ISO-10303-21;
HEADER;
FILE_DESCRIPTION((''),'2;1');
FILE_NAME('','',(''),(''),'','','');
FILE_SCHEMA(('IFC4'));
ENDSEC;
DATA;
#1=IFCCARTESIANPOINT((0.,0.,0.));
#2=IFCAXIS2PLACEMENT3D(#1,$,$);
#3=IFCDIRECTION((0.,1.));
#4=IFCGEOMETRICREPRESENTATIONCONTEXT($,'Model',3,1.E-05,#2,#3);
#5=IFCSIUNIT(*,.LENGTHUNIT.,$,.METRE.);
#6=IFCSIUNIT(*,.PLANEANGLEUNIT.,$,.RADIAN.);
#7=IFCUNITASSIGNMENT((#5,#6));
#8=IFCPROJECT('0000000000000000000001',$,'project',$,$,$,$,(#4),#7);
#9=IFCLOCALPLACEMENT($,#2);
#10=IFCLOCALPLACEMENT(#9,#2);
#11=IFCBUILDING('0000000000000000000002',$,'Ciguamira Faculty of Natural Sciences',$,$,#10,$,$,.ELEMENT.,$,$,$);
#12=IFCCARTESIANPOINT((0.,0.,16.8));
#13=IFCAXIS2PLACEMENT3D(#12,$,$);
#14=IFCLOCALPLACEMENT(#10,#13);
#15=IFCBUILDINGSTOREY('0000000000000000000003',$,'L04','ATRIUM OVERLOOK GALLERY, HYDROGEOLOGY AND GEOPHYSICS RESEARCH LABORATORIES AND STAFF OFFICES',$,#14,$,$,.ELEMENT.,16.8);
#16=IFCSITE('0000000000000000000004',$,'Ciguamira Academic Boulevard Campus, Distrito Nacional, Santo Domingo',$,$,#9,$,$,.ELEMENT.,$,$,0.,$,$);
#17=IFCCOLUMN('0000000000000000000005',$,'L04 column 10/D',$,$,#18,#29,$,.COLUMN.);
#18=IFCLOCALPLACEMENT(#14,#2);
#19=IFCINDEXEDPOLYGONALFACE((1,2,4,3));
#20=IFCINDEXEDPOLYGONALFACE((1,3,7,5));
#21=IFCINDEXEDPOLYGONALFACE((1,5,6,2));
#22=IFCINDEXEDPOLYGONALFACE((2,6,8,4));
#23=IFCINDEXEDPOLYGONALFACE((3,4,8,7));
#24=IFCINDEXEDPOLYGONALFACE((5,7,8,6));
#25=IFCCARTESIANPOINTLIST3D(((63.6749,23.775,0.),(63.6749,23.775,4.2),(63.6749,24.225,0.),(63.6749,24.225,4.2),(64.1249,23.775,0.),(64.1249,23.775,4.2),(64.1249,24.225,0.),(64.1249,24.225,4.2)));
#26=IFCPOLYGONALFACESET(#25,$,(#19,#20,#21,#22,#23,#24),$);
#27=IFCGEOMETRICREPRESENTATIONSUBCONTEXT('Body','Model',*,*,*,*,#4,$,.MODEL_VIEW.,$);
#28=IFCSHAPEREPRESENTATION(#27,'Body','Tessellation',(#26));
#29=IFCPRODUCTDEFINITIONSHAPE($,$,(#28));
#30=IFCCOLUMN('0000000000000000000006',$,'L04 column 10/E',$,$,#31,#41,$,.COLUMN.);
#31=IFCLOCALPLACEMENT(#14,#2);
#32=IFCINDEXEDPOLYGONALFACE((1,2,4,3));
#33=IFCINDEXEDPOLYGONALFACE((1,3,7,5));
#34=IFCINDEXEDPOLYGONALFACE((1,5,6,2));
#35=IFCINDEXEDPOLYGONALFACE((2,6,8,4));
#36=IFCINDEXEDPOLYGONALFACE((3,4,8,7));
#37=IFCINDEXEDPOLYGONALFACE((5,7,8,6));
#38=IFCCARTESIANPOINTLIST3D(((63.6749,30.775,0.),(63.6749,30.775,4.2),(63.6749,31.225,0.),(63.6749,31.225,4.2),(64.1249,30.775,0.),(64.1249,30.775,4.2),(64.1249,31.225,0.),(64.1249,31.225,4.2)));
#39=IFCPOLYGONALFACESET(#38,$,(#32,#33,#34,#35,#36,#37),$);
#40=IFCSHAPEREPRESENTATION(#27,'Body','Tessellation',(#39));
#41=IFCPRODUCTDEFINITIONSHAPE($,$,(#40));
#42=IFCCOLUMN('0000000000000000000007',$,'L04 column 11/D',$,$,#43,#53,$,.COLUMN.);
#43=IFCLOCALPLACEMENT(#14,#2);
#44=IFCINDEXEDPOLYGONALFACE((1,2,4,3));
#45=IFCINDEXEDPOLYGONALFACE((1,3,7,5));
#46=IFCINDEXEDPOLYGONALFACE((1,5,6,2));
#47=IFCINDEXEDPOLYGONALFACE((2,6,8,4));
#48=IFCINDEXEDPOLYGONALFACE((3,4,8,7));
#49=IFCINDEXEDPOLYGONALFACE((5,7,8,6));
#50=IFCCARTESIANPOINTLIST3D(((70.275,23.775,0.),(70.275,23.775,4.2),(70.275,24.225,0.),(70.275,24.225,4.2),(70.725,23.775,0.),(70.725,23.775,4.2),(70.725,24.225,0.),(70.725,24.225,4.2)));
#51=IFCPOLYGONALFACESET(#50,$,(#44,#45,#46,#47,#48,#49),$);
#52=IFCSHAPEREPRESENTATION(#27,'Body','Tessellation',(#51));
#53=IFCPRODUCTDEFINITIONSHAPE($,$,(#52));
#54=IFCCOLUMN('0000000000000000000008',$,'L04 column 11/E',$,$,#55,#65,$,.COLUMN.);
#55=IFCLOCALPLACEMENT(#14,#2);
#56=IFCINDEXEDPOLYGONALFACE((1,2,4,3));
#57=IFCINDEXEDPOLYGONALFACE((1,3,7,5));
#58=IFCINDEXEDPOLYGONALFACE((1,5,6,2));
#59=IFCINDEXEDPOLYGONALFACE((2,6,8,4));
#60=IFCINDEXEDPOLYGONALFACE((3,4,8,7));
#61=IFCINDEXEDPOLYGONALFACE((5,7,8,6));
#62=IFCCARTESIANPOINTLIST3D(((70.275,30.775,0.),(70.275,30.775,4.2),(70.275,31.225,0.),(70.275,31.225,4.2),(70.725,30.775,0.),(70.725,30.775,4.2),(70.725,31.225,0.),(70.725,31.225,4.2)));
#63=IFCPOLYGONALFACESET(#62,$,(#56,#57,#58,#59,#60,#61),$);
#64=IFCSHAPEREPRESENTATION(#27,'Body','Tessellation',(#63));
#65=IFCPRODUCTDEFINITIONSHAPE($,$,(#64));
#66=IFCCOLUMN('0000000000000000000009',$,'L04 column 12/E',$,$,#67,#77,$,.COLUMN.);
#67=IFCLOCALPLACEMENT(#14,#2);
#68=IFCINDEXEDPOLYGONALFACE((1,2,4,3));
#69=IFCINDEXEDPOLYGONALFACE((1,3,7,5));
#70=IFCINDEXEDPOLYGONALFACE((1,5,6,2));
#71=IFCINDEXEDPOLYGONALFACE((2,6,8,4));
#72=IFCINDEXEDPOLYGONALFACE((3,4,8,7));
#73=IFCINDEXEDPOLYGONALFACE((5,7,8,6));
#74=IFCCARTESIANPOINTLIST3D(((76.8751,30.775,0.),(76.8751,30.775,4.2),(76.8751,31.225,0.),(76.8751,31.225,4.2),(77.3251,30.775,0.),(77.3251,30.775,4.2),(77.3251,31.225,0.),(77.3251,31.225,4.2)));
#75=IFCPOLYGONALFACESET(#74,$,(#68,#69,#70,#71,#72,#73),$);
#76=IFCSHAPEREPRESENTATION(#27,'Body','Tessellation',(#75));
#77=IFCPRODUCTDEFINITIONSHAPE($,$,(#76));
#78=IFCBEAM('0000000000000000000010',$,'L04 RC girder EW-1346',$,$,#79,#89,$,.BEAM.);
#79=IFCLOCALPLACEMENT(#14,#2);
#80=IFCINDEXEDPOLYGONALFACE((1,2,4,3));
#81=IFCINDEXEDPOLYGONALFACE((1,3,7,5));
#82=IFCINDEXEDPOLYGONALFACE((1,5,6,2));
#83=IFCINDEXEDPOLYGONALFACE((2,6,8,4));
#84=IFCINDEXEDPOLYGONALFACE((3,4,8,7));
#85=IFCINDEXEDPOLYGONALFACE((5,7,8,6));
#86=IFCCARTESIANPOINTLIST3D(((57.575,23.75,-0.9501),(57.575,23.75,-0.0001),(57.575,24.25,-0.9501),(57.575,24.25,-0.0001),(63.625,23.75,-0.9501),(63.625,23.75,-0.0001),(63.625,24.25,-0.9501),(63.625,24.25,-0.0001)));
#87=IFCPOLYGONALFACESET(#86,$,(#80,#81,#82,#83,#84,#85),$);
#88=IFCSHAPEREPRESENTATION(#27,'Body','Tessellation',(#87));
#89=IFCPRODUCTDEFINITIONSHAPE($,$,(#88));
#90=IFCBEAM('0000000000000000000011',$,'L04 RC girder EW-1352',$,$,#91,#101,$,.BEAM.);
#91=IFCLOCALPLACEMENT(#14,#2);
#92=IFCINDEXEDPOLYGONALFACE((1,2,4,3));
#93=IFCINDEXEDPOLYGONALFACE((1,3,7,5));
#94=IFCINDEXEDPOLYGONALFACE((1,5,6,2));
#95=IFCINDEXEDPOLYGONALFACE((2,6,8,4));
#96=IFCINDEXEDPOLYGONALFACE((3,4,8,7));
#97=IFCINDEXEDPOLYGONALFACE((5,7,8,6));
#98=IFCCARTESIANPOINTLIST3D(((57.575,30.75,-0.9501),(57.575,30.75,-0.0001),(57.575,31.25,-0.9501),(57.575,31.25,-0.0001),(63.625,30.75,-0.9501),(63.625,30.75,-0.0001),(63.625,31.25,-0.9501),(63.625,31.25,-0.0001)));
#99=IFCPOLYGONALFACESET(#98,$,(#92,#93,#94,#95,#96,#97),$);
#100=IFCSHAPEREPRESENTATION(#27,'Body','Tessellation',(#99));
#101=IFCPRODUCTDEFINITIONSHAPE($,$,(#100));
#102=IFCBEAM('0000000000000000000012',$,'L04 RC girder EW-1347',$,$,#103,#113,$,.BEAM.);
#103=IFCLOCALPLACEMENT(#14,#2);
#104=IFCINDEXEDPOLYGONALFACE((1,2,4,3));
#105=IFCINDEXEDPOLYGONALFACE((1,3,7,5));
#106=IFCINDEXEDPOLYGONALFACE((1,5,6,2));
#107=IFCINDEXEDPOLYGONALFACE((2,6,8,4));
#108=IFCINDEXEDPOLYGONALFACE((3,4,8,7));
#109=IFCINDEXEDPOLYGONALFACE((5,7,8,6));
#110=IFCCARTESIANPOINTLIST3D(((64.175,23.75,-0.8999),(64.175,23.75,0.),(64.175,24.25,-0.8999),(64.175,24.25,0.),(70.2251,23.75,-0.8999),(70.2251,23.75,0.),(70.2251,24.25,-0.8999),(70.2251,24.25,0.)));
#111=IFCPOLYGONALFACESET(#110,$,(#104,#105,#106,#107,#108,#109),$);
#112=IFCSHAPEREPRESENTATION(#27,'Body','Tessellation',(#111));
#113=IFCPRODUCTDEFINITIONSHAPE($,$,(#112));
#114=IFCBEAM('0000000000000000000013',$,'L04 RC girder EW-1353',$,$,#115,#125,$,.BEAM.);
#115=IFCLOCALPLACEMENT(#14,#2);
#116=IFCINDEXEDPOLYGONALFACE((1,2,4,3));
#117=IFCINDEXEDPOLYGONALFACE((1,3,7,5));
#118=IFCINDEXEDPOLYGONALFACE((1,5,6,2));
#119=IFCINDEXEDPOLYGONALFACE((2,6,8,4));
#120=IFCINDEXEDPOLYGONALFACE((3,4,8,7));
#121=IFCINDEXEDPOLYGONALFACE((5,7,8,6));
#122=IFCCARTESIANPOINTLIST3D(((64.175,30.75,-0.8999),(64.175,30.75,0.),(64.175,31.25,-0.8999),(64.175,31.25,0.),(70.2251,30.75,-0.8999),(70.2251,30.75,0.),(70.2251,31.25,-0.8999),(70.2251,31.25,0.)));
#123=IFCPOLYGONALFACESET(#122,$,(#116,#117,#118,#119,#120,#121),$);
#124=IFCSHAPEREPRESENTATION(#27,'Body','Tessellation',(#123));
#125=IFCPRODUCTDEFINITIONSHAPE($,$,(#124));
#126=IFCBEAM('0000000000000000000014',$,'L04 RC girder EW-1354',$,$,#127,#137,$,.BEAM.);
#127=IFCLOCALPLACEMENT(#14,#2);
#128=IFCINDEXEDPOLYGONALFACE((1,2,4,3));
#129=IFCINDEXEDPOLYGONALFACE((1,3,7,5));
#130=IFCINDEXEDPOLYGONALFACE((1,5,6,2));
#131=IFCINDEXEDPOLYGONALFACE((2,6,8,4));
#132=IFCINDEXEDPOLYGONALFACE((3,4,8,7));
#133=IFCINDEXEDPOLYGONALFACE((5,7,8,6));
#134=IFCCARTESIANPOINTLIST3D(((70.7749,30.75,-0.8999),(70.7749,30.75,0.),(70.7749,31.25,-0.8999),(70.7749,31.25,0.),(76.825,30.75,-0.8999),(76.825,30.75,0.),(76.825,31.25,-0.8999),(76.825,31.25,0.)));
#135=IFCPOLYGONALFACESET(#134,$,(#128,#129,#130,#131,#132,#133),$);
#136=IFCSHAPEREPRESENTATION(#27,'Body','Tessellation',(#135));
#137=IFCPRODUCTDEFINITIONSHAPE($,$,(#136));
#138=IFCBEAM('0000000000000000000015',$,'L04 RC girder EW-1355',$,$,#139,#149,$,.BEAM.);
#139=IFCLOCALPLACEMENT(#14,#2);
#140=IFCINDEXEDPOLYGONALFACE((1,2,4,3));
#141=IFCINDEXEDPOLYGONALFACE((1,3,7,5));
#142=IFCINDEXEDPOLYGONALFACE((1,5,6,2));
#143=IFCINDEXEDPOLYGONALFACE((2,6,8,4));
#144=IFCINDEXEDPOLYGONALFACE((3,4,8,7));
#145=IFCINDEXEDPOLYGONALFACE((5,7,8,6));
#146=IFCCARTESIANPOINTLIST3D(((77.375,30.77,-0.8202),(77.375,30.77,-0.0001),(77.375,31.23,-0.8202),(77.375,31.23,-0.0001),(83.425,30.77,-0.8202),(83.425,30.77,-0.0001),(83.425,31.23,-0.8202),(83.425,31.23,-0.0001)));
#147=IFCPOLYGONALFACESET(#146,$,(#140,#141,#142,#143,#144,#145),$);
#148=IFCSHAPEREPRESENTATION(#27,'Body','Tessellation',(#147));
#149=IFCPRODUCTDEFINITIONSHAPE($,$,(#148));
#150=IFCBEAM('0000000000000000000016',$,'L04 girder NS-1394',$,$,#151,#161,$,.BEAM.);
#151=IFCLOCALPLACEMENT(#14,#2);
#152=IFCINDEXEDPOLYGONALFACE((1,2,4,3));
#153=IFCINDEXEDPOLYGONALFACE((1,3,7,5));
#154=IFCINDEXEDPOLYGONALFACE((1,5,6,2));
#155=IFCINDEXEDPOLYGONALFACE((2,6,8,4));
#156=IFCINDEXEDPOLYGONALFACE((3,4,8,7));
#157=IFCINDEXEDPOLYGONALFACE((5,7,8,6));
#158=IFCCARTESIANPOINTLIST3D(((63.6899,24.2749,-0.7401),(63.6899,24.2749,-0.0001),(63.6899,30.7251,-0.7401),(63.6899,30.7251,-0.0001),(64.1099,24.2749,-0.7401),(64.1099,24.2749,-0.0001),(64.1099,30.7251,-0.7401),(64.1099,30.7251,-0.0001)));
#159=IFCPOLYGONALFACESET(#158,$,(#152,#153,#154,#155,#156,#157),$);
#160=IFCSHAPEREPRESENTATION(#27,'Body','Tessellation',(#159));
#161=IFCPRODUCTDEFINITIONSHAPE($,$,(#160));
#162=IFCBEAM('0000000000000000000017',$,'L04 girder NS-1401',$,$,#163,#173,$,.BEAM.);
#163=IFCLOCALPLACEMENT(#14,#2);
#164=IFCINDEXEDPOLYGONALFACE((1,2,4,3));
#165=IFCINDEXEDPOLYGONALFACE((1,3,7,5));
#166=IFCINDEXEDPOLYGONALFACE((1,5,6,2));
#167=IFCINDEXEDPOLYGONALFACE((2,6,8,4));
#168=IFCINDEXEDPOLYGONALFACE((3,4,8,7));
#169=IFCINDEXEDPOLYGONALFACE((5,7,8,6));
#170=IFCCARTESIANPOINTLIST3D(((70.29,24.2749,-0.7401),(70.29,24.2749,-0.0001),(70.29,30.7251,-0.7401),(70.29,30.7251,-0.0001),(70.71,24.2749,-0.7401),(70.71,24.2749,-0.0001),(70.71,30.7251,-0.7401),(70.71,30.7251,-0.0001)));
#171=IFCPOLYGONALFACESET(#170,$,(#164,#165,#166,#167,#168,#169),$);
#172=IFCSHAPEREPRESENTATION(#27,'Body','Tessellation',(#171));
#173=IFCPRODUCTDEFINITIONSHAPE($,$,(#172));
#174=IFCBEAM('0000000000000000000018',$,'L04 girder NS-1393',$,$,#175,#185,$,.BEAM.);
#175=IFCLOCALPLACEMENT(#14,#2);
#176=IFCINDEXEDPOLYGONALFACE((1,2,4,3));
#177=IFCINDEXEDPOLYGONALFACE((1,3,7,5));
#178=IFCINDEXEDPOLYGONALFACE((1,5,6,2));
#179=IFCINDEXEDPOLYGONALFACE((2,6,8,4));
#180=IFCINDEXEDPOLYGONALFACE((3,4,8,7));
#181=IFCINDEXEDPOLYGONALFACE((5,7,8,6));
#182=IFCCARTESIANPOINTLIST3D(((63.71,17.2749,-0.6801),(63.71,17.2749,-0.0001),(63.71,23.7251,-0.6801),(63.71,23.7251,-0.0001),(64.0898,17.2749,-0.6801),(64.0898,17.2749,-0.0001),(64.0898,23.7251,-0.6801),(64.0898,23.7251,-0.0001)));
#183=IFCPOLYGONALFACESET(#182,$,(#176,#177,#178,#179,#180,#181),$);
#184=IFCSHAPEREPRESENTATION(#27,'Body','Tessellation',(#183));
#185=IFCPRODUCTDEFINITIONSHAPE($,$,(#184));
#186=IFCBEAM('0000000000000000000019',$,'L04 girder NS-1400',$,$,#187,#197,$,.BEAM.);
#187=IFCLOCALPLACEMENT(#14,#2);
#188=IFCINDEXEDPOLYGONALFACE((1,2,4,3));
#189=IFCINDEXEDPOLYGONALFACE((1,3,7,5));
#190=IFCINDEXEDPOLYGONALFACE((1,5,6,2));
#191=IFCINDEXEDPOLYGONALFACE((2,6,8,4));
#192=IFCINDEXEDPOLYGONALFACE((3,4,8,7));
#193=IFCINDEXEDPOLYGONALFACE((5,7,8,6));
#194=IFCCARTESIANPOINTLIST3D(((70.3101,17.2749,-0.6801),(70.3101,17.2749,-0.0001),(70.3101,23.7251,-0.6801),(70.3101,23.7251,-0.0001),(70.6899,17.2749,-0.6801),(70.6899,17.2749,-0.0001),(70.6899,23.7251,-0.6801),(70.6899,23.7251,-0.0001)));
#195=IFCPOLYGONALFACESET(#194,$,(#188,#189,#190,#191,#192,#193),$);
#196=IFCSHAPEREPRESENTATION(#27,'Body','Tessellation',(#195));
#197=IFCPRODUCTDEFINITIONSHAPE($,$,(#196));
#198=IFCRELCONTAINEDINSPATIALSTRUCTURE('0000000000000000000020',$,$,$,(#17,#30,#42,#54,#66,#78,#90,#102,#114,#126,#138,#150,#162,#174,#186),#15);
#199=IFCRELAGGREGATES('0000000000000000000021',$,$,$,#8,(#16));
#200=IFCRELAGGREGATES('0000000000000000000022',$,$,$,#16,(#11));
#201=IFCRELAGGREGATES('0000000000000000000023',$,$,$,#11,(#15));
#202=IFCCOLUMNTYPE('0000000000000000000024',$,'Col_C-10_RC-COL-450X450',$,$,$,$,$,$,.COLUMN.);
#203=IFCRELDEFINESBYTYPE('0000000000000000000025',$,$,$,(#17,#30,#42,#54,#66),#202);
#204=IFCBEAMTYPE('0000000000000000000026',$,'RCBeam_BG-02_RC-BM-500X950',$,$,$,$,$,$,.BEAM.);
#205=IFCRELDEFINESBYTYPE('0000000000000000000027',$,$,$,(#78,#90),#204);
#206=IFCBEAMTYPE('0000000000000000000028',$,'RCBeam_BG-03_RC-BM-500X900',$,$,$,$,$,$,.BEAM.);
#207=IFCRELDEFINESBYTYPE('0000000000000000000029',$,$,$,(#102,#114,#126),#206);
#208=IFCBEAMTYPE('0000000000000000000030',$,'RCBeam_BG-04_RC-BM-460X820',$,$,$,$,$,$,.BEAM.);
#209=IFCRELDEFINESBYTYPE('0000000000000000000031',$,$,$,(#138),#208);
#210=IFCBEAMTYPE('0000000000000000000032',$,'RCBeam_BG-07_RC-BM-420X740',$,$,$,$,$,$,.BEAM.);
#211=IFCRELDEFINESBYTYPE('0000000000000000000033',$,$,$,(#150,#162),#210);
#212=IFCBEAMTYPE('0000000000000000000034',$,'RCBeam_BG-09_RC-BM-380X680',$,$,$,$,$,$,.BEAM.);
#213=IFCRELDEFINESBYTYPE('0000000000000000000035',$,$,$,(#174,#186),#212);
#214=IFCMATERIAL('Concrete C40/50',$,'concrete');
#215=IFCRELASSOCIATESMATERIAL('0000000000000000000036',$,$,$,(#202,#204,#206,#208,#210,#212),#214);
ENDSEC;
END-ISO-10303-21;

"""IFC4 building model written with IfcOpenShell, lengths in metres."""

from ifc_helpers import new_model, si_unit, direction, frame, origin, origin_2d, place, context, subcontext, project, spatial, rectangle, extrude, material, material_profile, profile_set, type_object, element, save


model = new_model("IFC4")

# Units and contexts
model_context = context("Model", 3, precision=1e-05, world=origin(), true_north=direction((0.0, 1.0)))
body_context = subcontext(model_context, "Body", "Model", "MODEL_VIEW")
ifc_project = project(units=[si_unit("LENGTHUNIT", "METRE"), si_unit("PLANEANGLEUNIT", "RADIAN")], contexts=[model_context])

# Site, building, storey
site_placement = place(None, origin())
site = spatial("IfcSite", under=ifc_project, at=site_placement, Name="Ciguamira Academic Boulevard Campus, Distrito Nacional, Santo Domingo", CompositionType="ELEMENT", RefElevation=0.0)
building_placement = place(site_placement, origin())
building = spatial("IfcBuilding", under=site, at=building_placement, Name="Ciguamira Faculty of Natural Sciences", CompositionType="ELEMENT")
storey_placement = place(building_placement, frame((0.0, 0.0, 16.8)))
storey = spatial("IfcBuildingStorey", under=building, at=storey_placement, Name="L04", Description="ATRIUM OVERLOOK GALLERY, HYDROGEOLOGY AND GEOPHYSICS RESEARCH LABORATORIES AND STAFF OFFICES", CompositionType="ELEMENT", Elevation=16.8)

# Columns
ifc_material_1 = material(Name="Concrete C40/50", Category="concrete")
ifc_material_profile_1 = material_profile(ifc_material_1, rectangle(XDim=0.45, YDim=0.45, at=origin_2d()), Name="RC-COL-450X450")
ifc_profile_set_1 = profile_set([ifc_material_profile_1], Name="Concrete C40/50")
column_type = type_object("IfcColumnType", Name="Col_C-10_RC-COL-450X450", PredefinedType="COLUMN", material=ifc_profile_set_1)
for number, where, z_axis, x_axis, name in (
    (1, (63.8999, 24.0, 0.0), (0.0, 0.0, 1.0), (1.0, 0.0, 0.0), "L04 column 10/D"),
    (2, (63.8999, 31.0, 0.0), (0.0, 0.0, 1.0), (1.0, 0.0, 0.0), "L04 column 10/E"),
    (3, (70.5, 24.0, 0.0), (0.0, 0.0, 1.0), (1.0, 0.0, 0.0), "L04 column 11/D"),
    (4, (70.5, 31.0, 0.0), (0.0, 0.0, 1.0), (1.0, 0.0, 0.0), "L04 column 11/E"),
    (5, (77.1001, 31.0, 0.0), (0.0, 0.0, 1.0), (1.0, 0.0, 0.0), "L04 column 12/E"),
):
    element("IfcColumn", number, at=place(storey_placement, frame(where, z_axis=z_axis, x_axis=x_axis)), inside=storey, type_object=column_type, Name=name, PredefinedType="COLUMN", context=body_context, shape_type="SweptSolid", body=[
        extrude(rectangle(XDim=0.45, YDim=0.45, at=origin_2d()), origin(), (0.0, 0.0, 1.0), 4.2),
    ])

# Beams
ifc_material_profile_2 = material_profile(ifc_material_1, rectangle(XDim=0.5, YDim=0.95, at=origin_2d()), Name="RC-BM-500X950")
ifc_profile_set_2 = profile_set([ifc_material_profile_2], Name="Concrete C40/50")
beam_type_1 = type_object("IfcBeamType", Name="RCBeam_BG-02_RC-BM-500X950", PredefinedType="BEAM", material=ifc_profile_set_2)
for number, where, z_axis, x_axis, name in (
    (6, (57.575, 24.0, -0.4751), (1.0, 0.0, 0.0), (0.0, 1.0, 0.0), "L04 RC girder EW-1346"),
    (7, (57.575, 31.0, -0.4751), (1.0, 0.0, 0.0), (0.0, 1.0, 0.0), "L04 RC girder EW-1352"),
):
    element("IfcBeam", number, at=place(storey_placement, frame(where, z_axis=z_axis, x_axis=x_axis)), inside=storey, type_object=beam_type_1, Name=name, PredefinedType="BEAM", context=body_context, shape_type="SweptSolid", body=[
        extrude(rectangle(XDim=0.5, YDim=0.95, at=origin_2d()), origin(), (0.0, 0.0, 1.0), 6.05),
    ])
ifc_material_profile_3 = material_profile(ifc_material_1, rectangle(XDim=0.5, YDim=0.8999, at=origin_2d()), Name="RC-BM-500X900")
ifc_profile_set_3 = profile_set([ifc_material_profile_3], Name="Concrete C40/50")
beam_type_2 = type_object("IfcBeamType", Name="RCBeam_BG-03_RC-BM-500X900", PredefinedType="BEAM", material=ifc_profile_set_3)
for number, where, z_axis, x_axis, name in (
    (8, (64.175, 24.0, -0.45), (1.0, 0.0, 0.0), (0.0, 1.0, 0.0), "L04 RC girder EW-1347"),
    (9, (64.175, 31.0, -0.45), (1.0, 0.0, 0.0), (0.0, 1.0, 0.0), "L04 RC girder EW-1353"),
    (10, (70.7749, 31.0, -0.45), (1.0, 0.0, 0.0), (0.0, 1.0, 0.0), "L04 RC girder EW-1354"),
):
    element("IfcBeam", number, at=place(storey_placement, frame(where, z_axis=z_axis, x_axis=x_axis)), inside=storey, type_object=beam_type_2, Name=name, PredefinedType="BEAM", context=body_context, shape_type="SweptSolid", body=[
        extrude(rectangle(XDim=0.5, YDim=0.8999, at=origin_2d()), origin(), (0.0, 0.0, 1.0), 6.05),
    ])
ifc_material_profile_4 = material_profile(ifc_material_1, rectangle(XDim=0.46, YDim=0.8201, at=origin_2d()), Name="RC-BM-460X820")
ifc_profile_set_4 = profile_set([ifc_material_profile_4], Name="Concrete C40/50")
beam_type_3 = type_object("IfcBeamType", Name="RCBeam_BG-04_RC-BM-460X820", PredefinedType="BEAM", material=ifc_profile_set_4)
beam_1_placement = place(storey_placement, frame((77.375, 31.0, -0.4102), z_axis=(1.0, 0.0, 0.0), x_axis=(0.0, 1.0, 0.0)))
element("IfcBeam", 11, at=beam_1_placement, inside=storey, type_object=beam_type_3, Name="L04 RC girder EW-1355", PredefinedType="BEAM", context=body_context, shape_type="SweptSolid", body=[
    extrude(rectangle(XDim=0.46, YDim=0.8201, at=origin_2d()), origin(), (0.0, 0.0, 1.0), 6.05),
])
ifc_material_profile_5 = material_profile(ifc_material_1, rectangle(XDim=0.4199, YDim=0.74, at=origin_2d()), Name="RC-BM-420X740")
ifc_profile_set_5 = profile_set([ifc_material_profile_5], Name="Concrete C40/50")
beam_type_4 = type_object("IfcBeamType", Name="RCBeam_BG-07_RC-BM-420X740", PredefinedType="BEAM", material=ifc_profile_set_5)
for number, where, z_axis, x_axis, name in (
    (12, (63.8999, 24.2749, -0.3701), (0.0, 1.0, 0.0), (-1.0, 0.0, 0.0), "L04 girder NS-1394"),
    (13, (70.5, 24.2749, -0.3701), (0.0, 1.0, 0.0), (-1.0, 0.0, 0.0), "L04 girder NS-1401"),
):
    element("IfcBeam", number, at=place(storey_placement, frame(where, z_axis=z_axis, x_axis=x_axis)), inside=storey, type_object=beam_type_4, Name=name, PredefinedType="BEAM", context=body_context, shape_type="SweptSolid", body=[
        extrude(rectangle(XDim=0.4199, YDim=0.74, at=origin_2d()), origin(), (0.0, 0.0, 1.0), 6.4502),
    ])
ifc_material_profile_6 = material_profile(ifc_material_1, rectangle(XDim=0.3799, YDim=0.6799, at=origin_2d()), Name="RC-BM-380X680")
ifc_profile_set_6 = profile_set([ifc_material_profile_6], Name="Concrete C40/50")
beam_type_5 = type_object("IfcBeamType", Name="RCBeam_BG-09_RC-BM-380X680", PredefinedType="BEAM", material=ifc_profile_set_6)
for number, where, z_axis, x_axis, name in (
    (14, (63.8999, 17.2749, -0.3401), (0.0, 1.0, 0.0), (-1.0, 0.0, 0.0), "L04 girder NS-1393"),
    (15, (70.5, 17.2749, -0.3401), (0.0, 1.0, 0.0), (-1.0, 0.0, 0.0), "L04 girder NS-1400"),
):
    element("IfcBeam", number, at=place(storey_placement, frame(where, z_axis=z_axis, x_axis=x_axis)), inside=storey, type_object=beam_type_5, Name=name, PredefinedType="BEAM", context=body_context, shape_type="SweptSolid", body=[
        extrude(rectangle(XDim=0.3799, YDim=0.6799, at=origin_2d()), origin(), (0.0, 0.0, 1.0), 6.4502),
    ])

save(model, "model.ifc")
